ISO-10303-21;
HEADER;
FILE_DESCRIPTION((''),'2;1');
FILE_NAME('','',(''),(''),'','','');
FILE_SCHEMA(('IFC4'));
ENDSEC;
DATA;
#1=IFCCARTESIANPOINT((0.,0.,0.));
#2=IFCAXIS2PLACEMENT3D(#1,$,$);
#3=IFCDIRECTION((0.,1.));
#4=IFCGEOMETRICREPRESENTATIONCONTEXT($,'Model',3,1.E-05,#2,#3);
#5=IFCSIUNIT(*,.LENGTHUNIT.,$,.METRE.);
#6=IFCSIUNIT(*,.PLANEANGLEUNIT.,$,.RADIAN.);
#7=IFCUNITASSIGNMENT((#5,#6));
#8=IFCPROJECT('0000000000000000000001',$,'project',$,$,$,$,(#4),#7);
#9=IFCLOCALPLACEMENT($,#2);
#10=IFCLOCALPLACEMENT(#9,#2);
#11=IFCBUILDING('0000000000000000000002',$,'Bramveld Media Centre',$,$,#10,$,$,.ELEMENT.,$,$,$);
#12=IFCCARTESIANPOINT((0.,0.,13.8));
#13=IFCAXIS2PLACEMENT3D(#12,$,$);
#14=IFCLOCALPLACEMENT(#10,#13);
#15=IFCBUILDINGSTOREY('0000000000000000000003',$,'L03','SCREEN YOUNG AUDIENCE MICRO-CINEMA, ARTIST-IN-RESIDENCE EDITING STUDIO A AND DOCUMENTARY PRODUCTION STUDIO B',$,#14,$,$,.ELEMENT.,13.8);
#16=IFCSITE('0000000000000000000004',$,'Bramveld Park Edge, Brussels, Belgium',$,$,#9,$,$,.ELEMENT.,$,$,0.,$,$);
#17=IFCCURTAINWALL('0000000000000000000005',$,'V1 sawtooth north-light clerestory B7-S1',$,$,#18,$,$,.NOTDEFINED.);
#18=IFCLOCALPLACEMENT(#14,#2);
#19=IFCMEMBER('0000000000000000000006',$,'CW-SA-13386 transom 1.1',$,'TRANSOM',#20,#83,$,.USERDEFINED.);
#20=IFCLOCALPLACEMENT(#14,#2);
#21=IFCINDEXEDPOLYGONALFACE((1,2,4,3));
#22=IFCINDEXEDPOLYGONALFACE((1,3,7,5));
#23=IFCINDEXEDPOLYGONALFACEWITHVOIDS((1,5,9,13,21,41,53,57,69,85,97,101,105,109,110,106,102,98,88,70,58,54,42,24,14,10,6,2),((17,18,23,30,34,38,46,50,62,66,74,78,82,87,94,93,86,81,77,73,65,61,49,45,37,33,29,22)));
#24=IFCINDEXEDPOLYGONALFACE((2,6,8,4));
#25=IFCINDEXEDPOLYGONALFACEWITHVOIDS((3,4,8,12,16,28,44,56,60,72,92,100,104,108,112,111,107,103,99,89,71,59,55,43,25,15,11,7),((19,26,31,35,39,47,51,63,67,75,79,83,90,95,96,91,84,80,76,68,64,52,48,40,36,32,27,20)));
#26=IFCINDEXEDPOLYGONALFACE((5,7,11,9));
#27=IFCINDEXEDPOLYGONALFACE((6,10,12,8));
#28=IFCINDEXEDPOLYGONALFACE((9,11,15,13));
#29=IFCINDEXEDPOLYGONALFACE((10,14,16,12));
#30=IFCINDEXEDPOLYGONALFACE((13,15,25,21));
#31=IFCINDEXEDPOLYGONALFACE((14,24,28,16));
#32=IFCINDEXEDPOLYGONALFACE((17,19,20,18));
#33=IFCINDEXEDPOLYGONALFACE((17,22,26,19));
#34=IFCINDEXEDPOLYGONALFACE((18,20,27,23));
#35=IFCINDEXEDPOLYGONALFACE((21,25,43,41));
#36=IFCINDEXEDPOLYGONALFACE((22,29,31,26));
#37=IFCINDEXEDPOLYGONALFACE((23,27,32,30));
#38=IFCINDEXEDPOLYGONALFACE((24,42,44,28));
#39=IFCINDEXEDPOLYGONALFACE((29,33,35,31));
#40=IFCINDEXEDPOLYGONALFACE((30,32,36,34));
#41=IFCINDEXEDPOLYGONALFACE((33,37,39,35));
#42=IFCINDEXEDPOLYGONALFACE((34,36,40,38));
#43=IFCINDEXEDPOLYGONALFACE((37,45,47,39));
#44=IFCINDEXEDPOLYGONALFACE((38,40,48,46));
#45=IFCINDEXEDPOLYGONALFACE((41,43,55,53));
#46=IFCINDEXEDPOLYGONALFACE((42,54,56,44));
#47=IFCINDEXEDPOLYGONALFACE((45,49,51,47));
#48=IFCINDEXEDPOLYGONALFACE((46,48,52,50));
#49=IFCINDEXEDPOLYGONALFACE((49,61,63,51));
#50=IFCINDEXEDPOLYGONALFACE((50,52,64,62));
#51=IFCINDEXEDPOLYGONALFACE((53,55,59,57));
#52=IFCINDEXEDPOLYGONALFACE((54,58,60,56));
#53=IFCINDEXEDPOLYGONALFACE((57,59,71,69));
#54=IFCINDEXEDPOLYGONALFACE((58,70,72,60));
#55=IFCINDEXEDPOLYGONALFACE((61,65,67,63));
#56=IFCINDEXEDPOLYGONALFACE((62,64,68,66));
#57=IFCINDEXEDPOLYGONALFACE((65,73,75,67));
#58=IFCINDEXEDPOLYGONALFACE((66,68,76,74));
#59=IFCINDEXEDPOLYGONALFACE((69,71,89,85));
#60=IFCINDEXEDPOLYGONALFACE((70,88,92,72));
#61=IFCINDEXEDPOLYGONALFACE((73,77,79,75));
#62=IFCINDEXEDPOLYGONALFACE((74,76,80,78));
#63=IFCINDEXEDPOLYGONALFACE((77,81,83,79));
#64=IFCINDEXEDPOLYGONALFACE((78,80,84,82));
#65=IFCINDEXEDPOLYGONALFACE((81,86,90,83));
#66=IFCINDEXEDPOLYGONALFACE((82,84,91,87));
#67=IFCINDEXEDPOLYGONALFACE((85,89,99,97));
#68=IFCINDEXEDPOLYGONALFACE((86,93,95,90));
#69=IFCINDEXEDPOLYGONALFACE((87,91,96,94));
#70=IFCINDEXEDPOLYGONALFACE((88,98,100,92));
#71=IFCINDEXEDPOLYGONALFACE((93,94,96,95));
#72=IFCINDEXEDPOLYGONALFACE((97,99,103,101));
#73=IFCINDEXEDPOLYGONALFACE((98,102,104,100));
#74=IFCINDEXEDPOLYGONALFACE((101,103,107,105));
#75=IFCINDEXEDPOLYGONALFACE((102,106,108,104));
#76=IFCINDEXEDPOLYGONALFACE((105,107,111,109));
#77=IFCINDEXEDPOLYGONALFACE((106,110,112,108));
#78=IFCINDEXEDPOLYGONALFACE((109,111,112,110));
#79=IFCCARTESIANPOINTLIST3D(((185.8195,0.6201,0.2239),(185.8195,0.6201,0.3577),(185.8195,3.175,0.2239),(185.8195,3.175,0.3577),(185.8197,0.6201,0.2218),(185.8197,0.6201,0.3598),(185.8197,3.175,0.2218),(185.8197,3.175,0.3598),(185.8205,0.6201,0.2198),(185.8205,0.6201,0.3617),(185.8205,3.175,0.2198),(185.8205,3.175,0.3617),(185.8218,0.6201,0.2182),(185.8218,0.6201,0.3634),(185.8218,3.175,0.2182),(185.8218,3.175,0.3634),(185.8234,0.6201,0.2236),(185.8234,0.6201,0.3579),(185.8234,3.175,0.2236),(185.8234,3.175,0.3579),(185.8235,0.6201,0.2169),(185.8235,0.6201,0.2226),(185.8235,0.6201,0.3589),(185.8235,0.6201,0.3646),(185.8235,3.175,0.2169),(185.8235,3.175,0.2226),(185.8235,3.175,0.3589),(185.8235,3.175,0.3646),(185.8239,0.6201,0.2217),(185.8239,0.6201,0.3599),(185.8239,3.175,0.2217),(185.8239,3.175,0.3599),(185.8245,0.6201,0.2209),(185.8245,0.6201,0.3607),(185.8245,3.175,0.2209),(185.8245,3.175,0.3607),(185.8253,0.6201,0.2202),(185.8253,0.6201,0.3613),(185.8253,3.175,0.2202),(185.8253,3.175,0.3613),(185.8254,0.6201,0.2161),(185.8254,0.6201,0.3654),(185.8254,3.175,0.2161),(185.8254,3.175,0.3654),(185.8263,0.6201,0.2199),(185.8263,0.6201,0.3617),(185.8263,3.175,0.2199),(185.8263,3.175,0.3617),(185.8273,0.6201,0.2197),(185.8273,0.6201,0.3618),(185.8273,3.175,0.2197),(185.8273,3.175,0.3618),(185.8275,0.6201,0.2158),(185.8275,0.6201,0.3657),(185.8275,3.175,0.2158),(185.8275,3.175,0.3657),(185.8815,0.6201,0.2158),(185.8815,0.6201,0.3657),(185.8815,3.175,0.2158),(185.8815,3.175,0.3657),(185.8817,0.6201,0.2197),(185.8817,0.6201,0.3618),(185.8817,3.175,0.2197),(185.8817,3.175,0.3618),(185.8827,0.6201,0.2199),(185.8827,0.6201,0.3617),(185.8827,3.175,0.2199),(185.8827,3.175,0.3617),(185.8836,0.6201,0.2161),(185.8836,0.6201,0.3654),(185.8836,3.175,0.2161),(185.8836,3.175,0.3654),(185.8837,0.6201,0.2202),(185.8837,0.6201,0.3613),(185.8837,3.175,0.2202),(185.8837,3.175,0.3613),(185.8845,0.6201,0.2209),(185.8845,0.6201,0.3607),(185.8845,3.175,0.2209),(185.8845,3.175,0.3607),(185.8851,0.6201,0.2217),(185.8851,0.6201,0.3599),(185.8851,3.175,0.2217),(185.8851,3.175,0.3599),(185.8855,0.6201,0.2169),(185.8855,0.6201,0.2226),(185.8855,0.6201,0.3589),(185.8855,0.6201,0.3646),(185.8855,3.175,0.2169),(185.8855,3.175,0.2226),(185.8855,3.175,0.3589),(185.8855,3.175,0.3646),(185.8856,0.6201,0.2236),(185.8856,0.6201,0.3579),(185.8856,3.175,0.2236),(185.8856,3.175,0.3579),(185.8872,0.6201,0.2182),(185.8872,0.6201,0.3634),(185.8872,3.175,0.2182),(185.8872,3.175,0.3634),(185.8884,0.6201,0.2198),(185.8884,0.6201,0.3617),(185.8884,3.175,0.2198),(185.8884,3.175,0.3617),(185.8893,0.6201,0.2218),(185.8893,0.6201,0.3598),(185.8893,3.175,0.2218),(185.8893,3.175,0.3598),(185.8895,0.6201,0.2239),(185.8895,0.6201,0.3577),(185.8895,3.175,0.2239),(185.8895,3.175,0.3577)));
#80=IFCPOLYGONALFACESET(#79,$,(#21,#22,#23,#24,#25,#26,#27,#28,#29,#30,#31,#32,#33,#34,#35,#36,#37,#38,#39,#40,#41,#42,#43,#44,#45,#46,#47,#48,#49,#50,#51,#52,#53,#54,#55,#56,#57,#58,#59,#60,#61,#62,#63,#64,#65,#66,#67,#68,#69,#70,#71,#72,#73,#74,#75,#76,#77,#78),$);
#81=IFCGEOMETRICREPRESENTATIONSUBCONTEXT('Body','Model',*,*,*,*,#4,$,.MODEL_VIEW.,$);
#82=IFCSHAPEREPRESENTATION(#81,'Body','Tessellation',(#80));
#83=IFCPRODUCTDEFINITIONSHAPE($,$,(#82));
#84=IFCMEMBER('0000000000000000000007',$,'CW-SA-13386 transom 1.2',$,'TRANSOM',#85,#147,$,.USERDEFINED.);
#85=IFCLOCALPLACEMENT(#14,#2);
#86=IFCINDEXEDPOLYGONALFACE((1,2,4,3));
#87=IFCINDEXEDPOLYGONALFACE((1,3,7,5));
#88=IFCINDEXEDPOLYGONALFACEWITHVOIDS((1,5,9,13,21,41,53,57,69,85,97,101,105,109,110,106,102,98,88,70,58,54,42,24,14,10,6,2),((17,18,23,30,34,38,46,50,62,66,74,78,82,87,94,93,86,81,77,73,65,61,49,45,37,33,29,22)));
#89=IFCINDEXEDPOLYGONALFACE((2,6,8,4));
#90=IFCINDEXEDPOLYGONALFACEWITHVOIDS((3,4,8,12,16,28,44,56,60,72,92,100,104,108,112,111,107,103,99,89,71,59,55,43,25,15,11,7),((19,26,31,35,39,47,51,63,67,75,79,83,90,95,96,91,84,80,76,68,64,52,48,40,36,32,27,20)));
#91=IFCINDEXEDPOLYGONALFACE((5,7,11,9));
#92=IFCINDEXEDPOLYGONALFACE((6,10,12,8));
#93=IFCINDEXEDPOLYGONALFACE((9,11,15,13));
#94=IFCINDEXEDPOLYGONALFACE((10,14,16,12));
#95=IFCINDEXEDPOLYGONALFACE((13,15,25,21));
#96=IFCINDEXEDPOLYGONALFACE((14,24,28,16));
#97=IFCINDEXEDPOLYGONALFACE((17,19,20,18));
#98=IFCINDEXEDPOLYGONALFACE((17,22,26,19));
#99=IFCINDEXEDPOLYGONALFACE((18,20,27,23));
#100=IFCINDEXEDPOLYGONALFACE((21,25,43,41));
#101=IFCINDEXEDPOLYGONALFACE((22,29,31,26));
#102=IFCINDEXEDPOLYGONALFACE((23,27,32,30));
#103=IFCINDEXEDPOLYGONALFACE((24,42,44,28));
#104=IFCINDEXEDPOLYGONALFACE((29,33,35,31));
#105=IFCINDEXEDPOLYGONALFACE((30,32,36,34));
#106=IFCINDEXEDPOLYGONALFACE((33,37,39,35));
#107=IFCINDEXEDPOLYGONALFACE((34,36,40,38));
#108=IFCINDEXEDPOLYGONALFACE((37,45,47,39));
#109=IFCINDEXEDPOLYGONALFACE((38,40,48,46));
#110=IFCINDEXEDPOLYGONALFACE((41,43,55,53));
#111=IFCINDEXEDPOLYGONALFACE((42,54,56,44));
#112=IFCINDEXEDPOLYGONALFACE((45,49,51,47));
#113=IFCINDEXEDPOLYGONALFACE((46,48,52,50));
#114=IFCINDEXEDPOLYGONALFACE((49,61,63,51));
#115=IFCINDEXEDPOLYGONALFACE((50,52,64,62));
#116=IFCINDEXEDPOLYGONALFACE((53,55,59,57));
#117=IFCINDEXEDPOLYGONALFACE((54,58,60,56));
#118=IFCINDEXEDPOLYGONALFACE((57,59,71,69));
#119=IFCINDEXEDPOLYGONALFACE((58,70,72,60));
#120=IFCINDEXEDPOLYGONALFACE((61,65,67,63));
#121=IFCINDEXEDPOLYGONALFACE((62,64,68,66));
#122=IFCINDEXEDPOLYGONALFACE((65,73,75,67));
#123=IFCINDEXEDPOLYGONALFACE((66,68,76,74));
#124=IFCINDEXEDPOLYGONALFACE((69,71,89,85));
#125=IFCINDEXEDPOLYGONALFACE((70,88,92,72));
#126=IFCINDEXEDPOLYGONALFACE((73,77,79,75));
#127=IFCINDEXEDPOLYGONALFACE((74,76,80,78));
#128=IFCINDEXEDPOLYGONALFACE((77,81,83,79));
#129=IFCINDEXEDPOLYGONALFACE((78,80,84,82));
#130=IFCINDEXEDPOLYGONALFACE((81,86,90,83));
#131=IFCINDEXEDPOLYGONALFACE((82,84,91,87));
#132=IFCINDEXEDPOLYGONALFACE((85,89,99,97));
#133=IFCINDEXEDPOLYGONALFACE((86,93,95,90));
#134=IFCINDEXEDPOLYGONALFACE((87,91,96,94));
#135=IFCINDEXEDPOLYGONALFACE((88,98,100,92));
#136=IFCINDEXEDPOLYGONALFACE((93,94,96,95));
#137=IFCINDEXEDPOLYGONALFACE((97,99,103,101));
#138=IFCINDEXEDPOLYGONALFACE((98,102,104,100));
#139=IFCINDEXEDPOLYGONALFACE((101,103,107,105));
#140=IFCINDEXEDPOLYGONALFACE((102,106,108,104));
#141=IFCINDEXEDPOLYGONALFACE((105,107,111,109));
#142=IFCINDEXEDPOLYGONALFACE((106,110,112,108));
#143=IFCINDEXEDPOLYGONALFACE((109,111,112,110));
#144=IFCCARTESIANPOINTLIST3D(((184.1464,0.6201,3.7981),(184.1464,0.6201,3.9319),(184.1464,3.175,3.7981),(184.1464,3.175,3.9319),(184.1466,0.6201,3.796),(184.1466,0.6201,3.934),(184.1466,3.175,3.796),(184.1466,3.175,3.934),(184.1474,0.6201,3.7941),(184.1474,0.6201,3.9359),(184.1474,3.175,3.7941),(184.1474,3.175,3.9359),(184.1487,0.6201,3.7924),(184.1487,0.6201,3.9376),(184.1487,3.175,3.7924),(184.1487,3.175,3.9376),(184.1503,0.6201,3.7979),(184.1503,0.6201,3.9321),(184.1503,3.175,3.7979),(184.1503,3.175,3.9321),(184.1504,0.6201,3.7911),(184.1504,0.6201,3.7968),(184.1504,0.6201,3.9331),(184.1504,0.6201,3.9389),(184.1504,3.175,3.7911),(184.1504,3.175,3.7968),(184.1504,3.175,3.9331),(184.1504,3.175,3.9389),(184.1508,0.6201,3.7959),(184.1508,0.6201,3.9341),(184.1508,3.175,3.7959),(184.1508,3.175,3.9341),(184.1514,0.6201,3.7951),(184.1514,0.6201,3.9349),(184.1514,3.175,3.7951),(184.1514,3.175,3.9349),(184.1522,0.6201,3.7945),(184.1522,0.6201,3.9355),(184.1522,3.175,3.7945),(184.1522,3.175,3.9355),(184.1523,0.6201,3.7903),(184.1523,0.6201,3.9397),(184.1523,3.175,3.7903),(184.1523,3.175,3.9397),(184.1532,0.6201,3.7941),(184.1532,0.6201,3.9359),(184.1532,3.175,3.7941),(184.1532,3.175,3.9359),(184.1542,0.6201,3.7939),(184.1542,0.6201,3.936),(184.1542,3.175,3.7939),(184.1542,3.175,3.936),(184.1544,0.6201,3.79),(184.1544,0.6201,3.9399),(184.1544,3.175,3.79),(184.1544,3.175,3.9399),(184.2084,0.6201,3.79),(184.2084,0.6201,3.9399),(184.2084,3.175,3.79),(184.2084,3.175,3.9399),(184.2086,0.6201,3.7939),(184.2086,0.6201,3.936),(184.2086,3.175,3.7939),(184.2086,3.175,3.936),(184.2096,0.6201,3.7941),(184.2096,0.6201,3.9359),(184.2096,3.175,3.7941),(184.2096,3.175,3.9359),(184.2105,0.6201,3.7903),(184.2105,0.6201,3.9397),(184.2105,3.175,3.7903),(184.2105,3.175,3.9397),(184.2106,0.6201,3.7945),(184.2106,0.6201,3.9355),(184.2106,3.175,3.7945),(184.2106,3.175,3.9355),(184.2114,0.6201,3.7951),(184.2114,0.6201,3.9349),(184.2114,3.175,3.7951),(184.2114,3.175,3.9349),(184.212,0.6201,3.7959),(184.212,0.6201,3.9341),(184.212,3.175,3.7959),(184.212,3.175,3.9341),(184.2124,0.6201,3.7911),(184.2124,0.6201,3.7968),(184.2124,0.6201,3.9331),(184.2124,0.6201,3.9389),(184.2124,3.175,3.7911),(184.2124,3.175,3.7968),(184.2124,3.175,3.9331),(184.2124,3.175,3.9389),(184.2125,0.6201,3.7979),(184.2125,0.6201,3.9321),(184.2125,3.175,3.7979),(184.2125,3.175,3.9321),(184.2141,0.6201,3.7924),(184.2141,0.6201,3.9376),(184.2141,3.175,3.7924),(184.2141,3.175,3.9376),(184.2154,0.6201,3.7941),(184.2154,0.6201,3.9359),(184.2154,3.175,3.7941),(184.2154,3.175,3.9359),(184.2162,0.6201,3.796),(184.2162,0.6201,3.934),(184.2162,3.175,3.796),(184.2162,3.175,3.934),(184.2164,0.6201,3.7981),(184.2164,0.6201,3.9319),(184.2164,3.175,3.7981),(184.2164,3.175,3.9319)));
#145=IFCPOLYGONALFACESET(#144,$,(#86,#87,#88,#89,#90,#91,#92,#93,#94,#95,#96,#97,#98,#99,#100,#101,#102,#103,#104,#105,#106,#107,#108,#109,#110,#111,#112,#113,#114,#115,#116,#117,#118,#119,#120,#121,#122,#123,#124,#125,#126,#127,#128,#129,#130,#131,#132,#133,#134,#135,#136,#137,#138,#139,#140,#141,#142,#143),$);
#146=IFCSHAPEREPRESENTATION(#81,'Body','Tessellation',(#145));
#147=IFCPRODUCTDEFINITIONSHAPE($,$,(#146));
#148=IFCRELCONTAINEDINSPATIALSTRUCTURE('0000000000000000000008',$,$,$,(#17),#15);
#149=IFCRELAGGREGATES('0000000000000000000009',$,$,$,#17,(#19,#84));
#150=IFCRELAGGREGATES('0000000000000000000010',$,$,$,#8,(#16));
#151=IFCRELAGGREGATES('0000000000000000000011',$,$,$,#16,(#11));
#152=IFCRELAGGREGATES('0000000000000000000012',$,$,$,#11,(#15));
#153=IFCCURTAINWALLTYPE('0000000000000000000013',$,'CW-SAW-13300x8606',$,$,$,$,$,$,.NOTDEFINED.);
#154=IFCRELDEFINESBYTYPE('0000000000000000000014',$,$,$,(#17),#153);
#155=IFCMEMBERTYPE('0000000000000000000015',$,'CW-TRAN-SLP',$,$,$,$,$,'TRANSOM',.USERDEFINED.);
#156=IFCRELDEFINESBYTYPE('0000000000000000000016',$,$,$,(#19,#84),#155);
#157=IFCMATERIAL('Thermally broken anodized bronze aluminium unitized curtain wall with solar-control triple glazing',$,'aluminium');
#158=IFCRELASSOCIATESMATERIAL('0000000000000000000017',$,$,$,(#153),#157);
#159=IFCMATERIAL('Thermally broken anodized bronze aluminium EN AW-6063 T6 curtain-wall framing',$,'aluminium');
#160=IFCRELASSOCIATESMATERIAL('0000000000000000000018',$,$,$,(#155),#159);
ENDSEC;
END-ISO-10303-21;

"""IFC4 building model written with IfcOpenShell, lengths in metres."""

from ifc_helpers import new_model, si_unit, direction, frame, origin, origin_2d, place, context, subcontext, project, spatial, hollow_rectangle, extrude, material, material_profile, profile_set, type_object, element, aggregate, save


model = new_model("IFC4")

# Units and contexts
model_context = context("Model", 3, precision=1e-05, world=origin(), true_north=direction((0.0, 1.0)))
body_context = subcontext(model_context, "Body", "Model", "MODEL_VIEW")
ifc_project = project(units=[si_unit("LENGTHUNIT", "METRE"), si_unit("PLANEANGLEUNIT", "RADIAN")], contexts=[model_context])

# Site, building, storey
site_placement = place(None, origin())
site = spatial("IfcSite", under=ifc_project, at=site_placement, Name="Bramveld Park Edge, Brussels, Belgium", CompositionType="ELEMENT", RefElevation=0.0)
building_placement = place(site_placement, origin())
building = spatial("IfcBuilding", under=site, at=building_placement, Name="Bramveld Media Centre", CompositionType="ELEMENT")
storey_placement = place(building_placement, frame((0.0, 0.0, 13.8)))
storey = spatial("IfcBuildingStorey", under=building, at=storey_placement, Name="L03", Description="SCREEN YOUNG AUDIENCE MICRO-CINEMA, ARTIST-IN-RESIDENCE EDITING STUDIO A AND DOCUMENTARY PRODUCTION STUDIO B", CompositionType="ELEMENT", Elevation=13.8)

# Curtain wall, members
ifc_material_1 = material(Name="Thermally broken anodized bronze aluminium unitized curtain wall with solar-control triple glazing", Category="aluminium")
curtain_wall_type = type_object("IfcCurtainWallType", Name="CW-SAW-13300x8606", PredefinedType="NOTDEFINED", material=ifc_material_1)
curtain_wall_placement = place(storey_placement, origin())
curtain_wall = element("IfcCurtainWall", 1, at=curtain_wall_placement, inside=storey, type_object=curtain_wall_type, Name="V1 sawtooth north-light clerestory B7-S1", PredefinedType="NOTDEFINED")
ifc_material_2 = material(Name="Thermally broken anodized bronze aluminium EN AW-6063 T6 curtain-wall framing", Category="aluminium")
ifc_material_profile_1 = material_profile(ifc_material_2, hollow_rectangle(XDim=0.0701, YDim=0.1499, WallThickness=0.0039, InnerFilletRadius=0.0039, OuterFilletRadius=0.0081, at=origin_2d()), Name="AL-TRAN 70x150")
ifc_profile_set_1 = profile_set([ifc_material_profile_1], Name="Thermally broken anodized bronze aluminium EN AW-6063 T6 curtain-wall framing")
member_type_1 = type_object("IfcMemberType", Name="CW-TRAN-SLP", ElementType="TRANSOM", PredefinedType="USERDEFINED", material=ifc_profile_set_1)
member_1_placement = place(storey_placement, frame((185.8545, 0.6201, 0.2908), z_axis=(0.0, 1.0, 0.0), x_axis=(-1.0, 0.0, 0.0)))
member_1 = element("IfcMember", 2, at=member_1_placement, type_object=member_type_1, Name="CW-SA-13386 transom 1.1", ObjectType="TRANSOM", PredefinedType="USERDEFINED", context=body_context, shape_type="SweptSolid", body=[
    extrude(hollow_rectangle(XDim=0.0701, YDim=0.1499, WallThickness=0.0039, InnerFilletRadius=0.0039, OuterFilletRadius=0.0081, at=origin_2d()), origin(), (0.0, 0.0, 1.0), 2.5549),
])
member_2_placement = place(storey_placement, frame((184.1814, 0.6201, 3.865), z_axis=(0.0, 1.0, 0.0), x_axis=(-1.0, 0.0, 0.0)))
member_2 = element("IfcMember", 3, at=member_2_placement, type_object=member_type_1, Name="CW-SA-13386 transom 1.2", ObjectType="TRANSOM", PredefinedType="USERDEFINED", context=body_context, shape_type="SweptSolid", body=[
    extrude(hollow_rectangle(XDim=0.0701, YDim=0.1499, WallThickness=0.0039, InnerFilletRadius=0.0039, OuterFilletRadius=0.0081, at=origin_2d()), origin(), (0.0, 0.0, 1.0), 2.5549),
])

aggregate(curtain_wall, [member_1, member_2])

save(model, "model.ifc")
